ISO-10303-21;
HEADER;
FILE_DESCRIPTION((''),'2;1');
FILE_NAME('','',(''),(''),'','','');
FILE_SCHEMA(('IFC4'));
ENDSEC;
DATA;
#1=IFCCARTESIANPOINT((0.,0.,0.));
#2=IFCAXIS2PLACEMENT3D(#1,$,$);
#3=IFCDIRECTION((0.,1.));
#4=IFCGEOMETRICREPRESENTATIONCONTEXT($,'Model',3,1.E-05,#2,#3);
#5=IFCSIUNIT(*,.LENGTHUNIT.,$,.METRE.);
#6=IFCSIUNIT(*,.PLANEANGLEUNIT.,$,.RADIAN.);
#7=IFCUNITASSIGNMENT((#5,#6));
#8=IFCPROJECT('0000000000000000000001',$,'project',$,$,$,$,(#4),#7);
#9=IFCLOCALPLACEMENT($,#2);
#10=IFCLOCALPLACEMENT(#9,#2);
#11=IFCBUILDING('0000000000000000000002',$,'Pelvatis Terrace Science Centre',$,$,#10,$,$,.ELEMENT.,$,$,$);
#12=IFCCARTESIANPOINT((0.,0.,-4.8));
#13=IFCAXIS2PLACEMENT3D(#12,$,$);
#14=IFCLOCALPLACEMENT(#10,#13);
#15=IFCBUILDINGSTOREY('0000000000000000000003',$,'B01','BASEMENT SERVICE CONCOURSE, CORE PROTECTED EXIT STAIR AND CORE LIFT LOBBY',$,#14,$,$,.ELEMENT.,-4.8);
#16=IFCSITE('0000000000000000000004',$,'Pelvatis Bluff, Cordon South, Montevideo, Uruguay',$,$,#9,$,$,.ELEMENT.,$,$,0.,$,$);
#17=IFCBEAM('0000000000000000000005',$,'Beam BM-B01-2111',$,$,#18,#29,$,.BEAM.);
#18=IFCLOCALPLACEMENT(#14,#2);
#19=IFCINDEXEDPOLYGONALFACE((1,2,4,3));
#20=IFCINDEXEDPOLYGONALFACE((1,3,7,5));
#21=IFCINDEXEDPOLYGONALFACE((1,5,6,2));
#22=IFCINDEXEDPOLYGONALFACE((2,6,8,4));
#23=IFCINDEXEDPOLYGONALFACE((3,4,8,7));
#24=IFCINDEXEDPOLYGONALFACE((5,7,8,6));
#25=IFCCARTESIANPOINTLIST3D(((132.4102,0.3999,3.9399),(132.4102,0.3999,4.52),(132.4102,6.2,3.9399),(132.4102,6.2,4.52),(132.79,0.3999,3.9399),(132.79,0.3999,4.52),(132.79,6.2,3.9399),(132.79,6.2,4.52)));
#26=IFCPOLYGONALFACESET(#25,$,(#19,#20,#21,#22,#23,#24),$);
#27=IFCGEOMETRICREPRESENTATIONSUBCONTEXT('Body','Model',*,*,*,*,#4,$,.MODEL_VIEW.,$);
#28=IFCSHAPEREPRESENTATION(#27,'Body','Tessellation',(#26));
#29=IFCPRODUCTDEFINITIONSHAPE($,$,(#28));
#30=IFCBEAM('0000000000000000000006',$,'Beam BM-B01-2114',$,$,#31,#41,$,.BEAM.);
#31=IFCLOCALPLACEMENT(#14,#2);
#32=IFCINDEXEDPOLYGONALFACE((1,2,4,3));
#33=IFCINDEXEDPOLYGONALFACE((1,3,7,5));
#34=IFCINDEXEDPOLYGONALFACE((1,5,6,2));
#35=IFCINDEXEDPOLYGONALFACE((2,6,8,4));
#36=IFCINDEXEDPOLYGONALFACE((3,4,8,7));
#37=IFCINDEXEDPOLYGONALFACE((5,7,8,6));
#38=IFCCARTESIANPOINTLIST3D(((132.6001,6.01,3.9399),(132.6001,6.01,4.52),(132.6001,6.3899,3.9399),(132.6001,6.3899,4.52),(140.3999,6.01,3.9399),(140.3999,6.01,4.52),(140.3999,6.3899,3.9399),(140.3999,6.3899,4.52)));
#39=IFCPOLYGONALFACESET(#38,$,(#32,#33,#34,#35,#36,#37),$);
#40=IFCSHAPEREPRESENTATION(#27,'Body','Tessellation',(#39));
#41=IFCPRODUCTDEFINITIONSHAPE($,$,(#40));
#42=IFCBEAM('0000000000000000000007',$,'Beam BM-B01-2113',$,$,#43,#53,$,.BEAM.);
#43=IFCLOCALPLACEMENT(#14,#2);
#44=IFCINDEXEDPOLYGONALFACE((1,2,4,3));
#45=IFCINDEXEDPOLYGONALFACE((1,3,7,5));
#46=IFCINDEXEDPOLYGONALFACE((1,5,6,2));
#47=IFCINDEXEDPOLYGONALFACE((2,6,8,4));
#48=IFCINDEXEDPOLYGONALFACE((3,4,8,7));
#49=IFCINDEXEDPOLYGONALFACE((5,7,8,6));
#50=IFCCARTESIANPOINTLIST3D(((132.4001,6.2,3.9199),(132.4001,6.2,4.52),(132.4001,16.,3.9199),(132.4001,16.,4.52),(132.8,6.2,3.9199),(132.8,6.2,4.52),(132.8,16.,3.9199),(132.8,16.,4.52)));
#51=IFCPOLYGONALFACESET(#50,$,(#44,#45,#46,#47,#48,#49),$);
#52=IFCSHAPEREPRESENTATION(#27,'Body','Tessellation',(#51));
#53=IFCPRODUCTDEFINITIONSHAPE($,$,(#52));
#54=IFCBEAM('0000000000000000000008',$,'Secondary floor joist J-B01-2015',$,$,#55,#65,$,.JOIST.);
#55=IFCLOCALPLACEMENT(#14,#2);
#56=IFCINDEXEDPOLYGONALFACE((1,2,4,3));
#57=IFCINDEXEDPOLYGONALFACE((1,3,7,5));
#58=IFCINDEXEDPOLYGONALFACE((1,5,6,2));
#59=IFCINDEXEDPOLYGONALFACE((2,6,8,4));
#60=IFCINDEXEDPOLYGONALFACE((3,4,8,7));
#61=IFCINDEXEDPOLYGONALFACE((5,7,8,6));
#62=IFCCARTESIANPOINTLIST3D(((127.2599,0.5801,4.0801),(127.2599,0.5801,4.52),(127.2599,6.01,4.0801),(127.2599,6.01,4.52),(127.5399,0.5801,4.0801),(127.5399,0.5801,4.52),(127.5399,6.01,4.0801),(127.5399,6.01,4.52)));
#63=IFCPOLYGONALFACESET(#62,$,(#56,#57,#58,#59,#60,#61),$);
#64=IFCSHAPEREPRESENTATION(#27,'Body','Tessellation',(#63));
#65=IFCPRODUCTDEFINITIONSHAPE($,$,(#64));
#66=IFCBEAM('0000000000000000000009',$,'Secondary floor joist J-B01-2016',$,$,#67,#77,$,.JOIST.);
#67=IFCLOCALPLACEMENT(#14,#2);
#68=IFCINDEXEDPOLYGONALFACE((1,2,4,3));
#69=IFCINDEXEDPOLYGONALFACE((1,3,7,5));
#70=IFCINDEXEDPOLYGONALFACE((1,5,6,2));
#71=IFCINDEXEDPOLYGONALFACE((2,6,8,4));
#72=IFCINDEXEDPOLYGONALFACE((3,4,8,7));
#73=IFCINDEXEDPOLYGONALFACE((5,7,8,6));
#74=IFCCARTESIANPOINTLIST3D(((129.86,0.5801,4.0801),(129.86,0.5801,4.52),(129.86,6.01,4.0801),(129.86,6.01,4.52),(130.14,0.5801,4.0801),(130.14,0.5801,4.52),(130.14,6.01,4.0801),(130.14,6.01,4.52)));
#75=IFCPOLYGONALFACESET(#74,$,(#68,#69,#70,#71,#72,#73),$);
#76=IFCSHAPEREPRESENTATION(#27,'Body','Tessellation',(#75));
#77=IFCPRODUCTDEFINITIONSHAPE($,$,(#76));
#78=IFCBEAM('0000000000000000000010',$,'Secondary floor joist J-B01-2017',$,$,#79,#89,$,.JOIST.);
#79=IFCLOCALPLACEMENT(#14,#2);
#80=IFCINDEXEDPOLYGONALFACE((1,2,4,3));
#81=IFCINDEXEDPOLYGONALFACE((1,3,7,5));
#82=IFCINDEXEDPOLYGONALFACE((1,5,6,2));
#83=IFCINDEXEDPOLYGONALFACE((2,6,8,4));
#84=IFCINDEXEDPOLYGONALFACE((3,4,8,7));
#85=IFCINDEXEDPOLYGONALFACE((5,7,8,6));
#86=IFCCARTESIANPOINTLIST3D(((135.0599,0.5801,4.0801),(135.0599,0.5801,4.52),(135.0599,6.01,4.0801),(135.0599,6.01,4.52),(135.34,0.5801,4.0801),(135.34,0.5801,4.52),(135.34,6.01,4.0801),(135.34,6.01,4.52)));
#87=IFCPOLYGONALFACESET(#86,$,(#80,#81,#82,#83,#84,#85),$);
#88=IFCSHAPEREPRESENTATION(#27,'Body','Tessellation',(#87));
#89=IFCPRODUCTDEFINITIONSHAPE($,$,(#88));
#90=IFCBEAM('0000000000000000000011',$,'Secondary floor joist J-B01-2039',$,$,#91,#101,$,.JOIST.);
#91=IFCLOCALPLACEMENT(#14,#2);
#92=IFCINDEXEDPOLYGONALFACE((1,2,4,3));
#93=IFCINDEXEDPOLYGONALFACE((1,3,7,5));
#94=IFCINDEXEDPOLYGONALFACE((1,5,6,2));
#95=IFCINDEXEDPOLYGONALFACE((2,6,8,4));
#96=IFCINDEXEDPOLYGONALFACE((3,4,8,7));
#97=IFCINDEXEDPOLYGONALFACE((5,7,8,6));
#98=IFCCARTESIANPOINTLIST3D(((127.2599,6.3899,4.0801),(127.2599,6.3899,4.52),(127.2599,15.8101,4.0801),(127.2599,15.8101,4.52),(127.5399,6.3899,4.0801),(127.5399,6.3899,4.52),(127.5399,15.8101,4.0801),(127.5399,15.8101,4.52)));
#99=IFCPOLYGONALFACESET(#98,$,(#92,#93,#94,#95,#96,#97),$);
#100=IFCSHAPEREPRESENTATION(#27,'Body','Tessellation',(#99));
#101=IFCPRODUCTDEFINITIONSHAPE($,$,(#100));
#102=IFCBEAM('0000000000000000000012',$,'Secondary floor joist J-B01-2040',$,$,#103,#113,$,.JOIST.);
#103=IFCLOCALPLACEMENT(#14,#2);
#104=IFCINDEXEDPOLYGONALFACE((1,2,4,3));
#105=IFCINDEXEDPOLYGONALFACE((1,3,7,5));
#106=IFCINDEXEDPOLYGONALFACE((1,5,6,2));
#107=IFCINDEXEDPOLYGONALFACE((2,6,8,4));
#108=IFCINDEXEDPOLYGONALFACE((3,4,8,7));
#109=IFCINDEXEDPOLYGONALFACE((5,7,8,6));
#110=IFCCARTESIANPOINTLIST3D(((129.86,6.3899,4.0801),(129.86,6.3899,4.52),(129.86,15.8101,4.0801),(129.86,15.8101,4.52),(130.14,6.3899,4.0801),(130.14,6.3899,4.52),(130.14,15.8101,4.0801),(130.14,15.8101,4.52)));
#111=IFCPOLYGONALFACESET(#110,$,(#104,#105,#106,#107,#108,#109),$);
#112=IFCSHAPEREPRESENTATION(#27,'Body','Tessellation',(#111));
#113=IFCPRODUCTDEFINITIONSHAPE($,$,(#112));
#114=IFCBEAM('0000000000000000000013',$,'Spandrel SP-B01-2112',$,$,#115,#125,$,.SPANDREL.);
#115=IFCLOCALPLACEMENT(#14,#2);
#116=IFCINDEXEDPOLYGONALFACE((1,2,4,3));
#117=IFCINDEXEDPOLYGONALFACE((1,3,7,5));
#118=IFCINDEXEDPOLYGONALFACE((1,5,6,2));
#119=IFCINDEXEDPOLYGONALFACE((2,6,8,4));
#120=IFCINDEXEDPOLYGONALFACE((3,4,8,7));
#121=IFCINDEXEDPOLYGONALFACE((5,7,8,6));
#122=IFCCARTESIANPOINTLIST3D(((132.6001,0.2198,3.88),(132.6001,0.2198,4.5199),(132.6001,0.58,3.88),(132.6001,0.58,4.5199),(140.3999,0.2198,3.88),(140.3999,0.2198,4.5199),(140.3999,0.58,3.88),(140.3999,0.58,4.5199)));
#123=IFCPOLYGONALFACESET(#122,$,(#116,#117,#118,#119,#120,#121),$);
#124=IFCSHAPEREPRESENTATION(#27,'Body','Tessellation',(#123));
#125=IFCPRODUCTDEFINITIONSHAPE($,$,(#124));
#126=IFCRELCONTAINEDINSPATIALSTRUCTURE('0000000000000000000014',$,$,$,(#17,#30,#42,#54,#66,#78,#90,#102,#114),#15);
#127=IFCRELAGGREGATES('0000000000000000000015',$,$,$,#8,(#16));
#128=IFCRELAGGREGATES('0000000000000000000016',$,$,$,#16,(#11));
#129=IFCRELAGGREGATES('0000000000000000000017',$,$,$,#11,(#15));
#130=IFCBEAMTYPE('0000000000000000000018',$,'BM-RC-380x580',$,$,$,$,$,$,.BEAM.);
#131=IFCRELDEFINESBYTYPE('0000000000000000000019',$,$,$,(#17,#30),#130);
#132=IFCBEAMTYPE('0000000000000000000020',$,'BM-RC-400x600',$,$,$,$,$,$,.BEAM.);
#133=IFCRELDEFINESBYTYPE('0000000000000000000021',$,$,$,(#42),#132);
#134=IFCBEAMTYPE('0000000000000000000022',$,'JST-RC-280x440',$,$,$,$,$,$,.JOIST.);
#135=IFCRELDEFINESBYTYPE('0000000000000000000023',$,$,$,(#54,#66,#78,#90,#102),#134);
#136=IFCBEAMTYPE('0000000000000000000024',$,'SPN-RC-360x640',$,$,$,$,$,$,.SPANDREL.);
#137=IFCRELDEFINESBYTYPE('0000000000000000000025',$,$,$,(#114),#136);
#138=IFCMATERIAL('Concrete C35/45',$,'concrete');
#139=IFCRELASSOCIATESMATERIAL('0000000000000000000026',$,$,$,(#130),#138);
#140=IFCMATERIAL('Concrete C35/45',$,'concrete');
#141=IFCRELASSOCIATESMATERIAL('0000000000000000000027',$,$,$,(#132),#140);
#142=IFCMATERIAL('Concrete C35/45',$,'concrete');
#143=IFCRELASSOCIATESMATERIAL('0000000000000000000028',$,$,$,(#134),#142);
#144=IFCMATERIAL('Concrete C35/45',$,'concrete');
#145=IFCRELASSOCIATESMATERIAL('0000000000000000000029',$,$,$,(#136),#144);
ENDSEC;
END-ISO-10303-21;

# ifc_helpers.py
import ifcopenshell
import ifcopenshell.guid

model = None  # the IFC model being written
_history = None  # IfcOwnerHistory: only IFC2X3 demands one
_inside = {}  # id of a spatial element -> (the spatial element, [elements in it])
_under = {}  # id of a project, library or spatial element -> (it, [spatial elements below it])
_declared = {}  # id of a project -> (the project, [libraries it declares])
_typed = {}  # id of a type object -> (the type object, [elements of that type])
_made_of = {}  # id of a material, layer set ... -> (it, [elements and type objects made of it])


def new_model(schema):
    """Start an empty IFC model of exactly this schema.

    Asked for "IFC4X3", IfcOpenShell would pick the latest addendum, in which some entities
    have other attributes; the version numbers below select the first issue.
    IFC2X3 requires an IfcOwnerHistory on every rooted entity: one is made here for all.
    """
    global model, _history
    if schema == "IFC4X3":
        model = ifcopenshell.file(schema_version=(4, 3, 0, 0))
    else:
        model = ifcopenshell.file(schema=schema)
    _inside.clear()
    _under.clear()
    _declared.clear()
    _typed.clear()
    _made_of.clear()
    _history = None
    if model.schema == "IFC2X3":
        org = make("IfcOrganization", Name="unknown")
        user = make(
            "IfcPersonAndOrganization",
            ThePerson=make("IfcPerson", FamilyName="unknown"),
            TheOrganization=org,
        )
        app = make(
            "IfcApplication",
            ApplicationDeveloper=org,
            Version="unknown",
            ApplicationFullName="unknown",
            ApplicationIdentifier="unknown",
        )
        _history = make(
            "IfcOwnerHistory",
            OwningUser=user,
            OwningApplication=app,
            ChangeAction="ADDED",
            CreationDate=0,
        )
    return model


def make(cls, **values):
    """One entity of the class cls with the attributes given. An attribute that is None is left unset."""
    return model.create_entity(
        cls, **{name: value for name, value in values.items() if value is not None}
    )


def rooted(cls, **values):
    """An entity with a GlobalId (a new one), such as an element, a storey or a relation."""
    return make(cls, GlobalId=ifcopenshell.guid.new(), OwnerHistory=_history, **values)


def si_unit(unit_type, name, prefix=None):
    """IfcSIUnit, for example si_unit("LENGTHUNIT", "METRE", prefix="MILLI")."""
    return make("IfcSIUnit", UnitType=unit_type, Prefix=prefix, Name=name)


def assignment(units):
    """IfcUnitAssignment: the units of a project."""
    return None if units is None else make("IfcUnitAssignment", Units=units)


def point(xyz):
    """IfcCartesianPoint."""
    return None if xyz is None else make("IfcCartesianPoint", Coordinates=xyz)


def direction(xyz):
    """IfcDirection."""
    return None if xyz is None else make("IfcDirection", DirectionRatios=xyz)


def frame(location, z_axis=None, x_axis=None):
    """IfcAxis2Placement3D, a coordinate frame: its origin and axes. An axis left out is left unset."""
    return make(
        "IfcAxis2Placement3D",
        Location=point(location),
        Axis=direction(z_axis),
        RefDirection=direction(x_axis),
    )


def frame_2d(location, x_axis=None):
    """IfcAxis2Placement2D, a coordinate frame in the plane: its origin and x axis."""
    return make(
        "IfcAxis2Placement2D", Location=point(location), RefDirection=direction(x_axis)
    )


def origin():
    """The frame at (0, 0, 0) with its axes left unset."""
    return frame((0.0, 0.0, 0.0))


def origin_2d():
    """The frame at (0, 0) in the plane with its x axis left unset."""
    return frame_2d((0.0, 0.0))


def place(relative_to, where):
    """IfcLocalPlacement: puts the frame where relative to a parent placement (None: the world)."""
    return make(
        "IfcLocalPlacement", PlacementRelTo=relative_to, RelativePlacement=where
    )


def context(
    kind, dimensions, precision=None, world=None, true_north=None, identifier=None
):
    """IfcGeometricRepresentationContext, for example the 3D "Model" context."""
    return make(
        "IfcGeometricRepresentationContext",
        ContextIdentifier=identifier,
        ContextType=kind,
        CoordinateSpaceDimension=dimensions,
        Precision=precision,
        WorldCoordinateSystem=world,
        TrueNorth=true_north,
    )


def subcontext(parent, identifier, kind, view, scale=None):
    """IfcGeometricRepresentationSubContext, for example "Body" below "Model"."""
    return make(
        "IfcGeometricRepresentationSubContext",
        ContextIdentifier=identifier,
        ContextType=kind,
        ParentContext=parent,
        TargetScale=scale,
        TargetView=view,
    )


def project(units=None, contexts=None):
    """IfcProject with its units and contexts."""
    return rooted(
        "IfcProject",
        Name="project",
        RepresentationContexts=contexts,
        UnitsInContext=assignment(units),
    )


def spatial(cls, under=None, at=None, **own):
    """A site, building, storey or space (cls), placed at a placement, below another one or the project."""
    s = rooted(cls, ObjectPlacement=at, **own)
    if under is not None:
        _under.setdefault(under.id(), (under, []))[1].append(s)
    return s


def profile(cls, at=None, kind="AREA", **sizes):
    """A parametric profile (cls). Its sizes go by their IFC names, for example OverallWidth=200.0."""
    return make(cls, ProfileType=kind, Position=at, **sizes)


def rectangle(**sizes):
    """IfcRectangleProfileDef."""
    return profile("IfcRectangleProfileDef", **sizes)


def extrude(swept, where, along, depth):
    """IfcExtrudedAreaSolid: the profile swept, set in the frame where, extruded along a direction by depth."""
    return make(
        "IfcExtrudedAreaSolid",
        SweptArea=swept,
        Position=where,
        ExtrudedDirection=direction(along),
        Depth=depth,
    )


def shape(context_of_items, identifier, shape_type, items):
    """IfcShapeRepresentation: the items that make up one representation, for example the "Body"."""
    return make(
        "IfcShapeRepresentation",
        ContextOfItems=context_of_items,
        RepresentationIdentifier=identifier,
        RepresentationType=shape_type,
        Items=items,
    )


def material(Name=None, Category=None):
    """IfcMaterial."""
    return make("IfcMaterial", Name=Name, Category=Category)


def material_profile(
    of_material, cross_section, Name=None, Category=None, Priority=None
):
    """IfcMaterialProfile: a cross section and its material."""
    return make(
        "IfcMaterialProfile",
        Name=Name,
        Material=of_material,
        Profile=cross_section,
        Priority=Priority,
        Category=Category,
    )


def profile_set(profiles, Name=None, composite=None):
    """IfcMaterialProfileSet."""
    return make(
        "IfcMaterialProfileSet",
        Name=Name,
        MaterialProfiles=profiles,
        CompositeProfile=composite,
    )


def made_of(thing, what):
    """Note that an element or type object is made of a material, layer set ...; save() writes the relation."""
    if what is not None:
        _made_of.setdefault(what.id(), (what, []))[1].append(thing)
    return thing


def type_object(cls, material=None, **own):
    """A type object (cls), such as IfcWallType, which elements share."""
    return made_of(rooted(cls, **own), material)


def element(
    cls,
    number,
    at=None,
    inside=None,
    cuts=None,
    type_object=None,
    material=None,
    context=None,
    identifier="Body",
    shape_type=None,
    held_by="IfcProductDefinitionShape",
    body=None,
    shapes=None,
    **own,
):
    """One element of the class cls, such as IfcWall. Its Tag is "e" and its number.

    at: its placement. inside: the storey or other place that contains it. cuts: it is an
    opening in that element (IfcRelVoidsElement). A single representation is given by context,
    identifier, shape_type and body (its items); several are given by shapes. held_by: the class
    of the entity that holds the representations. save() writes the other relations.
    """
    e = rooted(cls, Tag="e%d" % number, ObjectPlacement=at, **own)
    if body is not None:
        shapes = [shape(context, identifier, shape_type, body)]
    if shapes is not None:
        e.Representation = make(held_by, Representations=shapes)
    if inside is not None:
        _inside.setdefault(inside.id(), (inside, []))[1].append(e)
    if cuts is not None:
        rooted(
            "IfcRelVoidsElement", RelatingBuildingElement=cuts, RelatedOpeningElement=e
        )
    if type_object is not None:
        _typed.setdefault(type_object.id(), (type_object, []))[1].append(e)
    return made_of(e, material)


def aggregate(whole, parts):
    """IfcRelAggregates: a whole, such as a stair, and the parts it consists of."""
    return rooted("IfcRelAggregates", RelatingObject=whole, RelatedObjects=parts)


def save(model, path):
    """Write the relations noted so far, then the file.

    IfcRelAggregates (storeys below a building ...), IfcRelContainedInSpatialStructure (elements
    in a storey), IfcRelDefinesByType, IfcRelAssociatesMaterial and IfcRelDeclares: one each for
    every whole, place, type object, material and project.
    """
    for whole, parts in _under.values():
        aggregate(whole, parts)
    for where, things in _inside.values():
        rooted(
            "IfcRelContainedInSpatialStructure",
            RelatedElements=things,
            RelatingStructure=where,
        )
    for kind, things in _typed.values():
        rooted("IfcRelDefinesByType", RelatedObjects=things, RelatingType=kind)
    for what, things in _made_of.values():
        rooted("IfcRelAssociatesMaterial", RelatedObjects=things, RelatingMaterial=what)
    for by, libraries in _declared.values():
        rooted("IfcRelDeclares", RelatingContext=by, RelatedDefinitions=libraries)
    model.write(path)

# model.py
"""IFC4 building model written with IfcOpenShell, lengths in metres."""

from ifc_helpers import new_model, si_unit, direction, frame, origin, origin_2d, place, context, subcontext, project, spatial, rectangle, extrude, material, material_profile, profile_set, type_object, element, save


model = new_model("IFC4")

# Units and contexts
model_context = context("Model", 3, precision=1e-05, world=origin(), true_north=direction((0.0, 1.0)))
body_context = subcontext(model_context, "Body", "Model", "MODEL_VIEW")
ifc_project = project(units=[si_unit("LENGTHUNIT", "METRE"), si_unit("PLANEANGLEUNIT", "RADIAN")], contexts=[model_context])

# Site, building, storey
site_placement = place(None, origin())
site = spatial("IfcSite", under=ifc_project, at=site_placement, Name="Pelvatis Bluff, Cordon South, Montevideo, Uruguay", CompositionType="ELEMENT", RefElevation=0.0)
building_placement = place(site_placement, origin())
building = spatial("IfcBuilding", under=site, at=building_placement, Name="Pelvatis Terrace Science Centre", CompositionType="ELEMENT")
storey_placement = place(building_placement, frame((0.0, 0.0, -4.8)))
storey = spatial("IfcBuildingStorey", under=building, at=storey_placement, Name="B01", Description="BASEMENT SERVICE CONCOURSE, CORE PROTECTED EXIT STAIR AND CORE LIFT LOBBY", CompositionType="ELEMENT", Elevation=-4.8)

# Beams
ifc_material_1 = material(Name="Concrete C35/45", Category="concrete")
ifc_material_profile_1 = material_profile(ifc_material_1, rectangle(XDim=0.3799, YDim=0.5801, at=origin_2d()), Name="RC-BM 380x580")
ifc_profile_set_1 = profile_set([ifc_material_profile_1], Name="Concrete C35/45")
beam_type_1 = type_object("IfcBeamType", Name="BM-RC-380x580", PredefinedType="BEAM", material=ifc_profile_set_1)
beam_1_placement = place(storey_placement, frame((132.6001, 0.3999, 4.23), z_axis=(0.0, 1.0, 0.0), x_axis=(-1.0, 0.0, 0.0)))
element("IfcBeam", 1, at=beam_1_placement, inside=storey, type_object=beam_type_1, Name="Beam BM-B01-2111", PredefinedType="BEAM", context=body_context, shape_type="SweptSolid", body=[
    extrude(rectangle(XDim=0.3799, YDim=0.5801, at=origin_2d()), origin(), (0.0, 0.0, 1.0), 5.8),
])
beam_2_placement = place(storey_placement, frame((132.6001, 6.2, 4.23), z_axis=(1.0, 0.0, 0.0), x_axis=(0.0, 1.0, 0.0)))
element("IfcBeam", 2, at=beam_2_placement, inside=storey, type_object=beam_type_1, Name="Beam BM-B01-2114", PredefinedType="BEAM", context=body_context, shape_type="SweptSolid", body=[
    extrude(rectangle(XDim=0.3799, YDim=0.5801, at=origin_2d()), origin(), (0.0, 0.0, 1.0), 7.7998),
])
ifc_material_2 = material(Name="Concrete C35/45", Category="concrete")
ifc_material_profile_2 = material_profile(ifc_material_2, rectangle(XDim=0.3999, YDim=0.6001, at=origin_2d()), Name="RC-BM 400x600")
ifc_profile_set_2 = profile_set([ifc_material_profile_2], Name="Concrete C35/45")
beam_type_2 = type_object("IfcBeamType", Name="BM-RC-400x600", PredefinedType="BEAM", material=ifc_profile_set_2)
beam_3_placement = place(storey_placement, frame((132.6001, 6.2, 4.22), z_axis=(0.0, 1.0, 0.0), x_axis=(-1.0, 0.0, 0.0)))
element("IfcBeam", 3, at=beam_3_placement, inside=storey, type_object=beam_type_2, Name="Beam BM-B01-2113", PredefinedType="BEAM", context=body_context, shape_type="SweptSolid", body=[
    extrude(rectangle(XDim=0.3999, YDim=0.6001, at=origin_2d()), origin(), (0.0, 0.0, 1.0), 9.8),
])
ifc_material_3 = material(Name="Concrete C35/45", Category="concrete")
ifc_material_profile_3 = material_profile(ifc_material_3, rectangle(XDim=0.28, YDim=0.4399, at=origin_2d()), Name="RC-JST 280x440")
ifc_profile_set_3 = profile_set([ifc_material_profile_3], Name="Concrete C35/45")
beam_type_3 = type_object("IfcBeamType", Name="JST-RC-280x440", PredefinedType="JOIST", material=ifc_profile_set_3)
for number, where, z_axis, x_axis, name in (
    (4, (127.3999, 0.5801, 4.3), (0.0, 1.0, 0.0), (-1.0, 0.0, 0.0), "Secondary floor joist J-B01-2015"),
    (5, (130.0, 0.5801, 4.3), (0.0, 1.0, 0.0), (-1.0, 0.0, 0.0), "Secondary floor joist J-B01-2016"),
    (6, (135.2, 0.5801, 4.3), (0.0, 1.0, 0.0), (-1.0, 0.0, 0.0), "Secondary floor joist J-B01-2017"),
):
    element("IfcBeam", number, at=place(storey_placement, frame(where, z_axis=z_axis, x_axis=x_axis)), inside=storey, type_object=beam_type_3, Name=name, PredefinedType="JOIST", context=body_context, shape_type="SweptSolid", body=[
        extrude(rectangle(XDim=0.28, YDim=0.4399, at=origin_2d()), origin(), (0.0, 0.0, 1.0), 5.4299),
    ])
for number, where, z_axis, x_axis, name in (
    (7, (127.3999, 6.3899, 4.3), (0.0, 1.0, 0.0), (-1.0, 0.0, 0.0), "Secondary floor joist J-B01-2039"),
    (8, (130.0, 6.3899, 4.3), (0.0, 1.0, 0.0), (-1.0, 0.0, 0.0), "Secondary floor joist J-B01-2040"),
):
    element("IfcBeam", number, at=place(storey_placement, frame(where, z_axis=z_axis, x_axis=x_axis)), inside=storey, type_object=beam_type_3, Name=name, PredefinedType="JOIST", context=body_context, shape_type="SweptSolid", body=[
        extrude(rectangle(XDim=0.28, YDim=0.4399, at=origin_2d()), origin(), (0.0, 0.0, 1.0), 9.4202),
    ])
ifc_material_4 = material(Name="Concrete C35/45", Category="concrete")
ifc_material_profile_4 = material_profile(ifc_material_4, rectangle(XDim=0.3601, YDim=0.6399, at=origin_2d()), Name="RC-SPN 360x640")
ifc_profile_set_4 = profile_set([ifc_material_profile_4], Name="Concrete C35/45")
beam_type_4 = type_object("IfcBeamType", Name="SPN-RC-360x640", PredefinedType="SPANDREL", material=ifc_profile_set_4)
beam_4_placement = place(storey_placement, frame((132.6001, 0.3999, 4.2), z_axis=(1.0, 0.0, 0.0), x_axis=(0.0, 1.0, 0.0)))
element("IfcBeam", 9, at=beam_4_placement, inside=storey, type_object=beam_type_4, Name="Spandrel SP-B01-2112", PredefinedType="SPANDREL", context=body_context, shape_type="SweptSolid", body=[
    extrude(rectangle(XDim=0.3601, YDim=0.6399, at=origin_2d()), origin(), (0.0, 0.0, 1.0), 7.7998),
])

save(model, "model.ifc")
